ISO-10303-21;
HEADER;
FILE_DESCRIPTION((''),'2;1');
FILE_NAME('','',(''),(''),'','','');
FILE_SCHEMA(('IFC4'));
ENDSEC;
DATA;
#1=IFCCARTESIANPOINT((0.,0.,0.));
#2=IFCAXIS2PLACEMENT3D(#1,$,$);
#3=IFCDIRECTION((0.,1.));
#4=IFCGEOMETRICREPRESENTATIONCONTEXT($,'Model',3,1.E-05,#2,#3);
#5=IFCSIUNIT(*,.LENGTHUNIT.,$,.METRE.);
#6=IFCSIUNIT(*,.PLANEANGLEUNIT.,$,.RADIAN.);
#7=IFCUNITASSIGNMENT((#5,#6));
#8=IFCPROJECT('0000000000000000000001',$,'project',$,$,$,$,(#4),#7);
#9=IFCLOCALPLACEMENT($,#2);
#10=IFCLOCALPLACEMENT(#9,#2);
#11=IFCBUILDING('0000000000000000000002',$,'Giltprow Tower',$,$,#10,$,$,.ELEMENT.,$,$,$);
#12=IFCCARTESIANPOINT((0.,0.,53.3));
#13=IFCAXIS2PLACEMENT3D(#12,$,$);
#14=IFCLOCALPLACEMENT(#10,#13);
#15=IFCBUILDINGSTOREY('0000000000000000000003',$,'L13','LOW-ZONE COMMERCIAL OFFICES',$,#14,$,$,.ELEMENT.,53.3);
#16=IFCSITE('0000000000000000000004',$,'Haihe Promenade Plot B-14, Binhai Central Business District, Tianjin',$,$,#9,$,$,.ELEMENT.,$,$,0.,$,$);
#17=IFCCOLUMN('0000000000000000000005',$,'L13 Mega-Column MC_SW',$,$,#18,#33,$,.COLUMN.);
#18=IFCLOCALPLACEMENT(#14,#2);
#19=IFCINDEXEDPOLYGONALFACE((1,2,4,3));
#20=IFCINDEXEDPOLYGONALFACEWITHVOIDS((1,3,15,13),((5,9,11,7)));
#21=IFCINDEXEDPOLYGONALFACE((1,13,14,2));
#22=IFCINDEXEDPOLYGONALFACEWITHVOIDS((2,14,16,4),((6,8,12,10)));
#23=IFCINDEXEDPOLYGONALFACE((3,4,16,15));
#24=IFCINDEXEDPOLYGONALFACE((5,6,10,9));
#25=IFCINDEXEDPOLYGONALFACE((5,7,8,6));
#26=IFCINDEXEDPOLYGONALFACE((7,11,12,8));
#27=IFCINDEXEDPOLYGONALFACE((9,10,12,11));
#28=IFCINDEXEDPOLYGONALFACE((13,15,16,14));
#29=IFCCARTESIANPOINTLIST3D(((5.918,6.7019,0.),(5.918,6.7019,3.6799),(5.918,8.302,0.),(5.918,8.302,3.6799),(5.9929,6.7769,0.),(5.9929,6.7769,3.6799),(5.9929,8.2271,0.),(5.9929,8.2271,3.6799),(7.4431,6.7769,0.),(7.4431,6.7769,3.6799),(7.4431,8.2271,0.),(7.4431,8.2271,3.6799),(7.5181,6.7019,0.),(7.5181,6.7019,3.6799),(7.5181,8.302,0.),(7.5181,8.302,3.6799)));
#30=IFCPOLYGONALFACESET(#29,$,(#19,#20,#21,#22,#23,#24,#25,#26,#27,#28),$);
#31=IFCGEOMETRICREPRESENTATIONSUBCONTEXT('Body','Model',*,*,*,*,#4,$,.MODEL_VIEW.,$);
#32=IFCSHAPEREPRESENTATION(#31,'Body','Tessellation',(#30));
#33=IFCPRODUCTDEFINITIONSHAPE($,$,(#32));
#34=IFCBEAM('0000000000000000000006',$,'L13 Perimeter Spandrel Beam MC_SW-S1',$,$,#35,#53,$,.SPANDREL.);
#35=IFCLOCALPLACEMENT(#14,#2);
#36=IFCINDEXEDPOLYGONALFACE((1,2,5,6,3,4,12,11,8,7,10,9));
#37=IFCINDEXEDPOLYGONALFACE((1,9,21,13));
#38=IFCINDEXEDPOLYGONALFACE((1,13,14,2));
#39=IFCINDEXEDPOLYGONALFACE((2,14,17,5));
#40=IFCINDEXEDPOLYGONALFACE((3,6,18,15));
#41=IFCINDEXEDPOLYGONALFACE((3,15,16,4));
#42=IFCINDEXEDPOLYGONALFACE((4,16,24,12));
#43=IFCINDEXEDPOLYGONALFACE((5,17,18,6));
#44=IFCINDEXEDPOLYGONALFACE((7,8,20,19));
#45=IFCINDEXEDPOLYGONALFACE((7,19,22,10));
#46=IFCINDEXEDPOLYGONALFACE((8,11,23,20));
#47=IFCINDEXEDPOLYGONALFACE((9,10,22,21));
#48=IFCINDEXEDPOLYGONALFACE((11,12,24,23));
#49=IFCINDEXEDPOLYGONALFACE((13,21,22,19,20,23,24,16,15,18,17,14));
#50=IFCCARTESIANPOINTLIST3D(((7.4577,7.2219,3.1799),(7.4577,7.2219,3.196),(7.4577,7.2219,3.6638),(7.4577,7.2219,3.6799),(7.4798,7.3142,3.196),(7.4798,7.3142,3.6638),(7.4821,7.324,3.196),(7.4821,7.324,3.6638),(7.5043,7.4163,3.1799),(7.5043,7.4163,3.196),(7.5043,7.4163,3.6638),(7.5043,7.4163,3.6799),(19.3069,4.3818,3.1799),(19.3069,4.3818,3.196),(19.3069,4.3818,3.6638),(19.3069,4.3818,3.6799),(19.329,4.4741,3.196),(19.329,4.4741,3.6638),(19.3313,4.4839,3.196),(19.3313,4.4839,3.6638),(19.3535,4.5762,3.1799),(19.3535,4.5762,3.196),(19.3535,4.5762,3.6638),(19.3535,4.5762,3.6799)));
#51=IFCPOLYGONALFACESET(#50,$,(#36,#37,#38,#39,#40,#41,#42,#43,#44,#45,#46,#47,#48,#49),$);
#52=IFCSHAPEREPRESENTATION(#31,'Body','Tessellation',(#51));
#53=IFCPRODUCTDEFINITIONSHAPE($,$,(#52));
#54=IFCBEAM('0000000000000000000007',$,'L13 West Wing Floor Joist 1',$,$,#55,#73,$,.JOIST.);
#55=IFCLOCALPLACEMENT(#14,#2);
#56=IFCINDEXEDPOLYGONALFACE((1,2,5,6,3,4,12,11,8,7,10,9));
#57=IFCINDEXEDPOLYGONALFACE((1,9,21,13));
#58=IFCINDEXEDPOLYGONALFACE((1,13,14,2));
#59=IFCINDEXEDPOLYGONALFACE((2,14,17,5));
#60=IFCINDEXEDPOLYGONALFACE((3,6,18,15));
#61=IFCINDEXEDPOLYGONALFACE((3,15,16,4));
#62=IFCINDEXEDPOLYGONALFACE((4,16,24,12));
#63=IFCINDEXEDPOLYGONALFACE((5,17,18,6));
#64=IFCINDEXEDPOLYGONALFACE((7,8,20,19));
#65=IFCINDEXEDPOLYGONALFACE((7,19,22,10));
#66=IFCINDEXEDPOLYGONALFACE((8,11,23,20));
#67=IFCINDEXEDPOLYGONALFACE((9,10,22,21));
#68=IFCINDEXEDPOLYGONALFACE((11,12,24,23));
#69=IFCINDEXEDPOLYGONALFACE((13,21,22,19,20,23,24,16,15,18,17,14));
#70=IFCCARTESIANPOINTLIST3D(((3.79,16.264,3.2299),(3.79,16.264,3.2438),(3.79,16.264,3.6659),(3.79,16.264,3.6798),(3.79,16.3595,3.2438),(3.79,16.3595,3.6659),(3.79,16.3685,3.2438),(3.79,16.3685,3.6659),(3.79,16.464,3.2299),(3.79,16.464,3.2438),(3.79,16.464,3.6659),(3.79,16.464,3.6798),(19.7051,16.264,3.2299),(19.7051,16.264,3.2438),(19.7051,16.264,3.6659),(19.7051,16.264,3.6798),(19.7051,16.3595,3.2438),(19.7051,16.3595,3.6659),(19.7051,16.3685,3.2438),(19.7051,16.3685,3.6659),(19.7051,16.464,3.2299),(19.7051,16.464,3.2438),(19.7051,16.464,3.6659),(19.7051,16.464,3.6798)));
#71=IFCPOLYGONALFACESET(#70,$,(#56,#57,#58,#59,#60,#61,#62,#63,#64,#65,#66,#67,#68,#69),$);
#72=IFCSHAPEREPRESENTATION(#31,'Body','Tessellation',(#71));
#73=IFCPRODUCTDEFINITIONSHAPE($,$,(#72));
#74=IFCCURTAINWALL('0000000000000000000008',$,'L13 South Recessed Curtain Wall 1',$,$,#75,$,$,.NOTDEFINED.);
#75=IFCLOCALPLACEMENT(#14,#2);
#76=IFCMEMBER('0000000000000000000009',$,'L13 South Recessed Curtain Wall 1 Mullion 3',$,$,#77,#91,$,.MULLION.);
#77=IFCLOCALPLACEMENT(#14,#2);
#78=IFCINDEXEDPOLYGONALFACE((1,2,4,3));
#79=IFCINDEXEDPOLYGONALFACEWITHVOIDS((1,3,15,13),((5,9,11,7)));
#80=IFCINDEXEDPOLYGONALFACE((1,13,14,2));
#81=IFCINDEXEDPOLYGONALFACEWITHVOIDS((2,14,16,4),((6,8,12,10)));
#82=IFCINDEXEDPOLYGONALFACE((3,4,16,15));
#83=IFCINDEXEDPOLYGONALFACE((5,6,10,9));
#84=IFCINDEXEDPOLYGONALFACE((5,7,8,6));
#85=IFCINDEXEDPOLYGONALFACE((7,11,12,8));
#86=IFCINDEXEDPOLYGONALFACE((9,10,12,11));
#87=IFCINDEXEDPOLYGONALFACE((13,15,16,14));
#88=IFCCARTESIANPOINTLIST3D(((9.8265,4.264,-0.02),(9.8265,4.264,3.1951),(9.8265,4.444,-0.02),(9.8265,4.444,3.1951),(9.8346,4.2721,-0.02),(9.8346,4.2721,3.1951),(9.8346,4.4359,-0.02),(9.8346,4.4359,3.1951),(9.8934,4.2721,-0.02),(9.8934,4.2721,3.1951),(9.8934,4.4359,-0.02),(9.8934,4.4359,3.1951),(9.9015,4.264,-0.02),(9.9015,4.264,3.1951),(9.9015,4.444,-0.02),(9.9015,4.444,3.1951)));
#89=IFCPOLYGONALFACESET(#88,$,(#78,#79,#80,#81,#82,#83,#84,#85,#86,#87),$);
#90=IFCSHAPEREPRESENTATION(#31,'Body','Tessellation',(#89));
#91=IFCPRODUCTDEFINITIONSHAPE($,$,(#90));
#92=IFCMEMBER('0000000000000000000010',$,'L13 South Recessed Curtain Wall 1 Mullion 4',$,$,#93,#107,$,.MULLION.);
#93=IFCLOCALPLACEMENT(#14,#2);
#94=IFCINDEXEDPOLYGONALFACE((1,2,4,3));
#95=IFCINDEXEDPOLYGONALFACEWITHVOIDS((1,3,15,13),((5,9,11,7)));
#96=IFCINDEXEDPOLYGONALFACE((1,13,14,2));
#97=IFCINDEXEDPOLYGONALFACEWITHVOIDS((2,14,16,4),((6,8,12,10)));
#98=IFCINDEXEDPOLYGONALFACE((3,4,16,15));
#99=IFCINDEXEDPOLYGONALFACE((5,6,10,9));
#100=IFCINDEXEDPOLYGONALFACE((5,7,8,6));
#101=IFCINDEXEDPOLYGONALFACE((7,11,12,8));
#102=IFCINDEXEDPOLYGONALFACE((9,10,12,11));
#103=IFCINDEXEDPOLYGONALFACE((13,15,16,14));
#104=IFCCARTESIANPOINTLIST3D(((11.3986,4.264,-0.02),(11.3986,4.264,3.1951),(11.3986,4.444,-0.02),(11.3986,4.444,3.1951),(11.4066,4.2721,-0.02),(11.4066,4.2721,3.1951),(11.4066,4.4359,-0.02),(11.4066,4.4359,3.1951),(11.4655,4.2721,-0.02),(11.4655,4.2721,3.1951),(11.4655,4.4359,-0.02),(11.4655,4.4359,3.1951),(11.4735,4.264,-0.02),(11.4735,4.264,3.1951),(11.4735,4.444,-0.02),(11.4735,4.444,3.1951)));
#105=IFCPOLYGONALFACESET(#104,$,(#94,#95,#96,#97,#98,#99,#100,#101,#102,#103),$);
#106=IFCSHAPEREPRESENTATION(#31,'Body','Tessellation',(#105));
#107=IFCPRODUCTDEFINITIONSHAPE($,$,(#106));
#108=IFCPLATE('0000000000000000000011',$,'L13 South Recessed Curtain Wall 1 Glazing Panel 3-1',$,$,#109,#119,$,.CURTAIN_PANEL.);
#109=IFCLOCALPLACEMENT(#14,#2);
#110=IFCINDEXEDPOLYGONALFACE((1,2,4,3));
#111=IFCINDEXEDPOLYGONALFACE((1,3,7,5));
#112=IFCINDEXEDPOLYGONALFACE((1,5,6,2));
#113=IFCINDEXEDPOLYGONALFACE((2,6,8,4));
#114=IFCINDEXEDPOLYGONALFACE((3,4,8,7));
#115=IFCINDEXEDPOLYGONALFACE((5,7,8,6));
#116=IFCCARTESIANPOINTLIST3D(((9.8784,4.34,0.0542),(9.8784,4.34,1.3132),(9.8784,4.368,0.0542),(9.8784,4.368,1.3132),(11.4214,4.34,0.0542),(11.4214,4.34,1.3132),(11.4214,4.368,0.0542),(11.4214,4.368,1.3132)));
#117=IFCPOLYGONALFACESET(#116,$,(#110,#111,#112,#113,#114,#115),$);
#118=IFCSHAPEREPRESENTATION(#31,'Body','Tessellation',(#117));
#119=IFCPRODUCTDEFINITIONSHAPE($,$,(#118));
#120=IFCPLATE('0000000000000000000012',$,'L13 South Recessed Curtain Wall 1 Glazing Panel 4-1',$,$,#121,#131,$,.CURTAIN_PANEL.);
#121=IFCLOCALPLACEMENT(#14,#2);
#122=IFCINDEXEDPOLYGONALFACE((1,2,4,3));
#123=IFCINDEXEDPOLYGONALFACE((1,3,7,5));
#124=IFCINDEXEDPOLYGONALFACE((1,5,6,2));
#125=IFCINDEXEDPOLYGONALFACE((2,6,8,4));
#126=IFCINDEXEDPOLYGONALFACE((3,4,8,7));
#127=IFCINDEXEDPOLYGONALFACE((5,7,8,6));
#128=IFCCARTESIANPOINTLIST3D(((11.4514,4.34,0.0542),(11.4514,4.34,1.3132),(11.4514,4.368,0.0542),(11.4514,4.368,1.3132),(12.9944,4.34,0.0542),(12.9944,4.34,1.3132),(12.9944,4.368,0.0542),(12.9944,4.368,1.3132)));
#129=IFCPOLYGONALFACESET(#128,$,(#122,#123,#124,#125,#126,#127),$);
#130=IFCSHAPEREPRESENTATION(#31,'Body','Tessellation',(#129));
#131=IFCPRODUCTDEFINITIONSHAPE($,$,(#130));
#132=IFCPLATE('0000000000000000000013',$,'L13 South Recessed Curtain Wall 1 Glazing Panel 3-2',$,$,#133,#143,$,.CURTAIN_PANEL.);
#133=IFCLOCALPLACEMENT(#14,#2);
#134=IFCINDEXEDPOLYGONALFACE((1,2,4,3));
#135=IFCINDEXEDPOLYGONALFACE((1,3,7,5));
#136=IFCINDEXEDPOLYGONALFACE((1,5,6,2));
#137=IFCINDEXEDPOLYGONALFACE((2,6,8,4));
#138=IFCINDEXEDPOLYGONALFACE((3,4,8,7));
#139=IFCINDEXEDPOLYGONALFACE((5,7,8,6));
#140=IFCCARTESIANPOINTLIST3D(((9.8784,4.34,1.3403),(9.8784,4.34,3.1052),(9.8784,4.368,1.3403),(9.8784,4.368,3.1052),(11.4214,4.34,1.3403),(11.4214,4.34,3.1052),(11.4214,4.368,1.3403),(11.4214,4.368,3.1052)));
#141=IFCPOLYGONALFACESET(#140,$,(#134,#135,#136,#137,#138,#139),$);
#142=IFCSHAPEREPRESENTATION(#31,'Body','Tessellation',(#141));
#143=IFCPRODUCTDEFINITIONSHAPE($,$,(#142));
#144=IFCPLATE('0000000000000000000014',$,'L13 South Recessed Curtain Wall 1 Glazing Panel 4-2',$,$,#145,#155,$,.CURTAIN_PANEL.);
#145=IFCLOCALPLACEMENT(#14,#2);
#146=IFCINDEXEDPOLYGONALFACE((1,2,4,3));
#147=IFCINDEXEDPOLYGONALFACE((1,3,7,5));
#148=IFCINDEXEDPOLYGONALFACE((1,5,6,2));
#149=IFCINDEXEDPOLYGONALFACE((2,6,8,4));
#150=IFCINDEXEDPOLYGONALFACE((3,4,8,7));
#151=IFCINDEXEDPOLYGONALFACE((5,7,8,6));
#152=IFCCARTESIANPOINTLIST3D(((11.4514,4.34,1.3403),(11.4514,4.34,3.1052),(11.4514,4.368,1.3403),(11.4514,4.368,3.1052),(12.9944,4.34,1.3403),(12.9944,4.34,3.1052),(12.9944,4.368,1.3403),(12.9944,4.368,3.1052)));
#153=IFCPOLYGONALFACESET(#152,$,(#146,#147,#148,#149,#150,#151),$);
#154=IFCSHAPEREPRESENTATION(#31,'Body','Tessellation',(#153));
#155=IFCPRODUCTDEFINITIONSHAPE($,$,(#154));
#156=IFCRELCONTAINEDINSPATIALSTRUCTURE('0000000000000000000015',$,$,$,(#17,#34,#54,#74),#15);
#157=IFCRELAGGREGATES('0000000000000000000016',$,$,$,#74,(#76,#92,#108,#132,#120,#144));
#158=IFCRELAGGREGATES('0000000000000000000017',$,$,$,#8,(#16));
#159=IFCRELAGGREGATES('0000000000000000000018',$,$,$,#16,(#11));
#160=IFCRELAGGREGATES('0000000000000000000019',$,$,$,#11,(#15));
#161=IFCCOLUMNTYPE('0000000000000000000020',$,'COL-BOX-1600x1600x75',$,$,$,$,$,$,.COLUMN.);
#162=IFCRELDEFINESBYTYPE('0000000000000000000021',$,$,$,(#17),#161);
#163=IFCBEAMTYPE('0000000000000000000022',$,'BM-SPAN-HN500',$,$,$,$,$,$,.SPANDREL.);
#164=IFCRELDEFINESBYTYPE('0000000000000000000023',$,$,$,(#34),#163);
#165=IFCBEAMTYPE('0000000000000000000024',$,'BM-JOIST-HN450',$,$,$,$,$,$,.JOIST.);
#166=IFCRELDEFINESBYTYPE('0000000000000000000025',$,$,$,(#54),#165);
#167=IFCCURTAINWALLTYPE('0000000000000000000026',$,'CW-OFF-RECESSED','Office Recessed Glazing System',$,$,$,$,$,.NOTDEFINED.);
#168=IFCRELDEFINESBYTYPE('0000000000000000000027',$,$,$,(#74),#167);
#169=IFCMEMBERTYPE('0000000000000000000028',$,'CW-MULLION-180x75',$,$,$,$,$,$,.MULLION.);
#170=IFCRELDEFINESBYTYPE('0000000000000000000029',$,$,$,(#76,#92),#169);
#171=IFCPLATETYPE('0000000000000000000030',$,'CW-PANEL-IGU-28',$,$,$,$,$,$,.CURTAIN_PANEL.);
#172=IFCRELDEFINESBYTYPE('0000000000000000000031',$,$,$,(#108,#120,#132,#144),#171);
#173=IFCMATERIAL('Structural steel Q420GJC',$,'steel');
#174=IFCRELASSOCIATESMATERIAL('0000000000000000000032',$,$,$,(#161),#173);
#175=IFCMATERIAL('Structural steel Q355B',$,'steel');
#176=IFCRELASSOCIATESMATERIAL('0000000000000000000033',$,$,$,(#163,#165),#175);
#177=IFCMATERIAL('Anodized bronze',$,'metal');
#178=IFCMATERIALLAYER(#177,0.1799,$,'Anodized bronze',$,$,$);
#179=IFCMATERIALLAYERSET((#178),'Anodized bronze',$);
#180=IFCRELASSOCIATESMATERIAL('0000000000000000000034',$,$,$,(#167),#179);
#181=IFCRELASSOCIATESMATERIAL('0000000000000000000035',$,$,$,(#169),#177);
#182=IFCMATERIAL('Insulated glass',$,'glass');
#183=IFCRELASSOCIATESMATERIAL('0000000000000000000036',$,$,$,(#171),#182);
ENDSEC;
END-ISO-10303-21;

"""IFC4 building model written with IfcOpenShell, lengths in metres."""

from ifc_helpers import new_model, si_unit, direction, frame, origin, origin_2d, place, context, subcontext, project, spatial, rectangle, hollow_rectangle, i_section, extrude, source, transform, mapped, material, layer, layer_set, material_profile, profile_set, type_object, element, aggregate, save


model = new_model("IFC4")

# Units and contexts
model_context = context("Model", 3, precision=1e-05, world=origin(), true_north=direction((0.0, 1.0)))
body_context = subcontext(model_context, "Body", "Model", "MODEL_VIEW")
ifc_project = project(units=[si_unit("LENGTHUNIT", "METRE"), si_unit("PLANEANGLEUNIT", "RADIAN")], contexts=[model_context])

# Site, building, storey
site_placement = place(None, origin())
site = spatial("IfcSite", under=ifc_project, at=site_placement, Name="Haihe Promenade Plot B-14, Binhai Central Business District, Tianjin", CompositionType="ELEMENT", RefElevation=0.0)
building_placement = place(site_placement, origin())
building = spatial("IfcBuilding", under=site, at=building_placement, Name="Giltprow Tower", CompositionType="ELEMENT")
storey_placement = place(building_placement, frame((0.0, 0.0, 53.3)))
storey = spatial("IfcBuildingStorey", under=building, at=storey_placement, Name="L13", Description="LOW-ZONE COMMERCIAL OFFICES", CompositionType="ELEMENT", Elevation=53.3)

# Column
ifc_material_1 = material(Name="Structural steel Q420GJC", Category="steel")
ifc_material_profile_1 = material_profile(ifc_material_1, hollow_rectangle(XDim=1.6001, YDim=1.6001, WallThickness=0.075, at=origin_2d()), Name="BOX 1600x1600x75")
ifc_profile_set_1 = profile_set([ifc_material_profile_1], Name="Structural steel Q420GJC")
column_type = type_object("IfcColumnType", Name="COL-BOX-1600x1600x75", PredefinedType="COLUMN", material=ifc_profile_set_1)
shared_shape_1 = source(origin(), body_context, "Body", "SweptSolid", [
    extrude(hollow_rectangle(XDim=1.6001, YDim=1.6001, WallThickness=0.075, at=origin_2d()), origin(), (0.0, 0.0, 1.0), 3.6799),
])
column_placement = place(storey_placement, frame((6.718, 7.502, 0.0), z_axis=(0.0, 0.0, 1.0), x_axis=(1.0, 0.0, 0.0)))
element("IfcColumn", 1, at=column_placement, inside=storey, type_object=column_type, Name="L13 Mega-Column MC_SW", PredefinedType="COLUMN", context=body_context, shape_type="MappedRepresentation", body=[
    mapped(shared_shape_1, transform((0.0, 0.0, 0.0), x_axis=(1.0, 0.0, 0.0), y_axis=(0.0, 1.0, 0.0), z_axis=(0.0, 0.0, 1.0), scale=1.0)),
])

# Beams
ifc_material_2 = material(Name="Structural steel Q355B", Category="steel")
ifc_material_profile_2 = material_profile(ifc_material_2, i_section(OverallWidth=0.2, OverallDepth=0.5, WebThickness=0.01, FlangeThickness=0.0161, at=origin_2d()), Name="HN 500x200x10x16")
ifc_profile_set_2 = profile_set([ifc_material_profile_2], Name="Structural steel Q355B")
beam_type_1 = type_object("IfcBeamType", Name="BM-SPAN-HN500", PredefinedType="SPANDREL", material=ifc_profile_set_2)
shared_shape_2 = source(origin(), body_context, "Body", "SweptSolid", [
    extrude(i_section(OverallWidth=0.2, OverallDepth=0.5, WebThickness=0.01, FlangeThickness=0.0161, at=origin_2d()), origin(), (0.0, 0.0, 1.0), 12.1848),
])
beam_1_placement = place(storey_placement, frame((7.481, 7.3191, 3.4299), z_axis=(0.972456, -0.233086, 0.0), x_axis=(0.233086, 0.972456, 0.0)))
element("IfcBeam", 2, at=beam_1_placement, inside=storey, type_object=beam_type_1, Name="L13 Perimeter Spandrel Beam MC_SW-S1", PredefinedType="SPANDREL", context=body_context, shape_type="MappedRepresentation", body=[
    mapped(shared_shape_2, transform((0.0, 0.0, 0.0), x_axis=(1.0, 0.0, 0.0), y_axis=(0.0, 1.0, 0.0), z_axis=(0.0, 0.0, 1.0), scale=1.0)),
])
ifc_material_profile_3 = material_profile(ifc_material_2, i_section(OverallWidth=0.2, OverallDepth=0.45, WebThickness=0.009, FlangeThickness=0.0139, at=origin_2d()), Name="HN 450x200x9x14")
ifc_profile_set_3 = profile_set([ifc_material_profile_3], Name="Structural steel Q355B")
beam_type_2 = type_object("IfcBeamType", Name="BM-JOIST-HN450", PredefinedType="JOIST", material=ifc_profile_set_3)
shared_shape_3 = source(origin(), body_context, "Body", "SweptSolid", [
    extrude(i_section(OverallWidth=0.2, OverallDepth=0.45, WebThickness=0.009, FlangeThickness=0.0139, at=origin_2d()), origin(), (0.0, 0.0, 1.0), 15.915),
])
beam_2_placement = place(storey_placement, frame((3.79, 16.364, 3.4548), z_axis=(1.0, 0.0, 0.0), x_axis=(0.0, 1.0, 0.0)))
element("IfcBeam", 3, at=beam_2_placement, inside=storey, type_object=beam_type_2, Name="L13 West Wing Floor Joist 1", PredefinedType="JOIST", context=body_context, shape_type="MappedRepresentation", body=[
    mapped(shared_shape_3, transform((0.0, 0.0, 0.0), x_axis=(1.0, 0.0, 0.0), y_axis=(0.0, 1.0, 0.0), z_axis=(0.0, 0.0, 1.0), scale=1.0)),
])

# Curtain wall, members, plates
ifc_material_3 = material(Name="Anodized bronze", Category="metal")
ifc_layer_1 = layer(ifc_material_3, 0.1799, Name="Anodized bronze")
ifc_layer_set_1 = layer_set([ifc_layer_1], Name="Anodized bronze")
curtain_wall_type = type_object("IfcCurtainWallType", Name="CW-OFF-RECESSED", Description="Office Recessed Glazing System", PredefinedType="NOTDEFINED", material=ifc_layer_set_1)
curtain_wall_placement = place(storey_placement, origin())
curtain_wall = element("IfcCurtainWall", 4, at=curtain_wall_placement, inside=storey, type_object=curtain_wall_type, Name="L13 South Recessed Curtain Wall 1", PredefinedType="NOTDEFINED")
ifc_material_profile_4 = material_profile(ifc_material_3, hollow_rectangle(XDim=0.075, YDim=0.1799, WallThickness=0.0081, at=origin_2d()), Name="RHS 180x75x8")
ifc_profile_set_4 = profile_set([ifc_material_profile_4], Name="Anodized bronze")
member_type = type_object("IfcMemberType", Name="CW-MULLION-180x75", PredefinedType="MULLION", material=ifc_profile_set_4)
shared_shape_4 = source(origin(), body_context, "Body", "SweptSolid", [
    extrude(hollow_rectangle(XDim=0.075, YDim=0.1799, WallThickness=0.0081, at=origin_2d()), origin(), (0.0, 0.0, 1.0), 3.2151),
])
member_1_placement = place(storey_placement, frame((9.864, 4.354, -0.02), z_axis=(0.0, 0.0, 1.0), x_axis=(1.0, 0.0, 0.0)))
member_1 = element("IfcMember", 5, at=member_1_placement, type_object=member_type, Name="L13 South Recessed Curtain Wall 1 Mullion 3", PredefinedType="MULLION", context=body_context, shape_type="MappedRepresentation", body=[
    mapped(shared_shape_4, transform((0.0, 0.0, 0.0), x_axis=(1.0, 0.0, 0.0), y_axis=(0.0, 1.0, 0.0), z_axis=(0.0, 0.0, 1.0), scale=1.0)),
])
member_2_placement = place(storey_placement, frame((11.436, 4.354, -0.02), z_axis=(0.0, 0.0, 1.0), x_axis=(1.0, 0.0, 0.0)))
member_2 = element("IfcMember", 6, at=member_2_placement, type_object=member_type, Name="L13 South Recessed Curtain Wall 1 Mullion 4", PredefinedType="MULLION", context=body_context, shape_type="MappedRepresentation", body=[
    mapped(shared_shape_4, transform((0.0, 0.0, 0.0), x_axis=(1.0, 0.0, 0.0), y_axis=(0.0, 1.0, 0.0), z_axis=(0.0, 0.0, 1.0), scale=1.0)),
])
ifc_material_4 = material(Name="Insulated glass", Category="glass")
plate_type = type_object("IfcPlateType", Name="CW-PANEL-IGU-28", PredefinedType="CURTAIN_PANEL", material=ifc_material_4)
shared_shape_5 = source(origin(), body_context, "Body", "SweptSolid", [
    extrude(rectangle(XDim=1.543, YDim=0.0281, at=origin_2d()), origin(), (0.0, 0.0, 1.0), 1.259),
])
plate_1_placement = place(storey_placement, frame((10.6499, 4.354, 0.0542), z_axis=(0.0, 0.0, 1.0), x_axis=(1.0, 0.0, 0.0)))
plate_1 = element("IfcPlate", 7, at=plate_1_placement, type_object=plate_type, Name="L13 South Recessed Curtain Wall 1 Glazing Panel 3-1", PredefinedType="CURTAIN_PANEL", context=body_context, shape_type="MappedRepresentation", body=[
    mapped(shared_shape_5, transform((0.0, 0.0, 0.0), x_axis=(1.0, 0.0, 0.0), y_axis=(0.0, 1.0, 0.0), z_axis=(0.0, 0.0, 1.0), scale=1.0)),
])
plate_2_placement = place(storey_placement, frame((12.2229, 4.354, 0.0542), z_axis=(0.0, 0.0, 1.0), x_axis=(1.0, 0.0, 0.0)))
plate_2 = element("IfcPlate", 8, at=plate_2_placement, type_object=plate_type, Name="L13 South Recessed Curtain Wall 1 Glazing Panel 4-1", PredefinedType="CURTAIN_PANEL", context=body_context, shape_type="MappedRepresentation", body=[
    mapped(shared_shape_5, transform((0.0, 0.0, 0.0), x_axis=(1.0, 0.0, 0.0), y_axis=(0.0, 1.0, 0.0), z_axis=(0.0, 0.0, 1.0), scale=1.0)),
])
shared_shape_6 = source(origin(), body_context, "Body", "SweptSolid", [
    extrude(rectangle(XDim=1.543, YDim=0.0281, at=origin_2d()), origin(), (0.0, 0.0, 1.0), 1.7649),
])
plate_3_placement = place(storey_placement, frame((10.6499, 4.354, 1.3403), z_axis=(0.0, 0.0, 1.0), x_axis=(1.0, 0.0, 0.0)))
plate_3 = element("IfcPlate", 9, at=plate_3_placement, type_object=plate_type, Name="L13 South Recessed Curtain Wall 1 Glazing Panel 3-2", PredefinedType="CURTAIN_PANEL", context=body_context, shape_type="MappedRepresentation", body=[
    mapped(shared_shape_6, transform((0.0, 0.0, 0.0), x_axis=(1.0, 0.0, 0.0), y_axis=(0.0, 1.0, 0.0), z_axis=(0.0, 0.0, 1.0), scale=1.0)),
])
plate_4_placement = place(storey_placement, frame((12.2229, 4.354, 1.3403), z_axis=(0.0, 0.0, 1.0), x_axis=(1.0, 0.0, 0.0)))
plate_4 = element("IfcPlate", 10, at=plate_4_placement, type_object=plate_type, Name="L13 South Recessed Curtain Wall 1 Glazing Panel 4-2", PredefinedType="CURTAIN_PANEL", context=body_context, shape_type="MappedRepresentation", body=[
    mapped(shared_shape_6, transform((0.0, 0.0, 0.0), x_axis=(1.0, 0.0, 0.0), y_axis=(0.0, 1.0, 0.0), z_axis=(0.0, 0.0, 1.0), scale=1.0)),
])
aggregate(curtain_wall, [member_1, member_2, plate_1, plate_3, plate_2, plate_4])

save(model, "model.ifc")
